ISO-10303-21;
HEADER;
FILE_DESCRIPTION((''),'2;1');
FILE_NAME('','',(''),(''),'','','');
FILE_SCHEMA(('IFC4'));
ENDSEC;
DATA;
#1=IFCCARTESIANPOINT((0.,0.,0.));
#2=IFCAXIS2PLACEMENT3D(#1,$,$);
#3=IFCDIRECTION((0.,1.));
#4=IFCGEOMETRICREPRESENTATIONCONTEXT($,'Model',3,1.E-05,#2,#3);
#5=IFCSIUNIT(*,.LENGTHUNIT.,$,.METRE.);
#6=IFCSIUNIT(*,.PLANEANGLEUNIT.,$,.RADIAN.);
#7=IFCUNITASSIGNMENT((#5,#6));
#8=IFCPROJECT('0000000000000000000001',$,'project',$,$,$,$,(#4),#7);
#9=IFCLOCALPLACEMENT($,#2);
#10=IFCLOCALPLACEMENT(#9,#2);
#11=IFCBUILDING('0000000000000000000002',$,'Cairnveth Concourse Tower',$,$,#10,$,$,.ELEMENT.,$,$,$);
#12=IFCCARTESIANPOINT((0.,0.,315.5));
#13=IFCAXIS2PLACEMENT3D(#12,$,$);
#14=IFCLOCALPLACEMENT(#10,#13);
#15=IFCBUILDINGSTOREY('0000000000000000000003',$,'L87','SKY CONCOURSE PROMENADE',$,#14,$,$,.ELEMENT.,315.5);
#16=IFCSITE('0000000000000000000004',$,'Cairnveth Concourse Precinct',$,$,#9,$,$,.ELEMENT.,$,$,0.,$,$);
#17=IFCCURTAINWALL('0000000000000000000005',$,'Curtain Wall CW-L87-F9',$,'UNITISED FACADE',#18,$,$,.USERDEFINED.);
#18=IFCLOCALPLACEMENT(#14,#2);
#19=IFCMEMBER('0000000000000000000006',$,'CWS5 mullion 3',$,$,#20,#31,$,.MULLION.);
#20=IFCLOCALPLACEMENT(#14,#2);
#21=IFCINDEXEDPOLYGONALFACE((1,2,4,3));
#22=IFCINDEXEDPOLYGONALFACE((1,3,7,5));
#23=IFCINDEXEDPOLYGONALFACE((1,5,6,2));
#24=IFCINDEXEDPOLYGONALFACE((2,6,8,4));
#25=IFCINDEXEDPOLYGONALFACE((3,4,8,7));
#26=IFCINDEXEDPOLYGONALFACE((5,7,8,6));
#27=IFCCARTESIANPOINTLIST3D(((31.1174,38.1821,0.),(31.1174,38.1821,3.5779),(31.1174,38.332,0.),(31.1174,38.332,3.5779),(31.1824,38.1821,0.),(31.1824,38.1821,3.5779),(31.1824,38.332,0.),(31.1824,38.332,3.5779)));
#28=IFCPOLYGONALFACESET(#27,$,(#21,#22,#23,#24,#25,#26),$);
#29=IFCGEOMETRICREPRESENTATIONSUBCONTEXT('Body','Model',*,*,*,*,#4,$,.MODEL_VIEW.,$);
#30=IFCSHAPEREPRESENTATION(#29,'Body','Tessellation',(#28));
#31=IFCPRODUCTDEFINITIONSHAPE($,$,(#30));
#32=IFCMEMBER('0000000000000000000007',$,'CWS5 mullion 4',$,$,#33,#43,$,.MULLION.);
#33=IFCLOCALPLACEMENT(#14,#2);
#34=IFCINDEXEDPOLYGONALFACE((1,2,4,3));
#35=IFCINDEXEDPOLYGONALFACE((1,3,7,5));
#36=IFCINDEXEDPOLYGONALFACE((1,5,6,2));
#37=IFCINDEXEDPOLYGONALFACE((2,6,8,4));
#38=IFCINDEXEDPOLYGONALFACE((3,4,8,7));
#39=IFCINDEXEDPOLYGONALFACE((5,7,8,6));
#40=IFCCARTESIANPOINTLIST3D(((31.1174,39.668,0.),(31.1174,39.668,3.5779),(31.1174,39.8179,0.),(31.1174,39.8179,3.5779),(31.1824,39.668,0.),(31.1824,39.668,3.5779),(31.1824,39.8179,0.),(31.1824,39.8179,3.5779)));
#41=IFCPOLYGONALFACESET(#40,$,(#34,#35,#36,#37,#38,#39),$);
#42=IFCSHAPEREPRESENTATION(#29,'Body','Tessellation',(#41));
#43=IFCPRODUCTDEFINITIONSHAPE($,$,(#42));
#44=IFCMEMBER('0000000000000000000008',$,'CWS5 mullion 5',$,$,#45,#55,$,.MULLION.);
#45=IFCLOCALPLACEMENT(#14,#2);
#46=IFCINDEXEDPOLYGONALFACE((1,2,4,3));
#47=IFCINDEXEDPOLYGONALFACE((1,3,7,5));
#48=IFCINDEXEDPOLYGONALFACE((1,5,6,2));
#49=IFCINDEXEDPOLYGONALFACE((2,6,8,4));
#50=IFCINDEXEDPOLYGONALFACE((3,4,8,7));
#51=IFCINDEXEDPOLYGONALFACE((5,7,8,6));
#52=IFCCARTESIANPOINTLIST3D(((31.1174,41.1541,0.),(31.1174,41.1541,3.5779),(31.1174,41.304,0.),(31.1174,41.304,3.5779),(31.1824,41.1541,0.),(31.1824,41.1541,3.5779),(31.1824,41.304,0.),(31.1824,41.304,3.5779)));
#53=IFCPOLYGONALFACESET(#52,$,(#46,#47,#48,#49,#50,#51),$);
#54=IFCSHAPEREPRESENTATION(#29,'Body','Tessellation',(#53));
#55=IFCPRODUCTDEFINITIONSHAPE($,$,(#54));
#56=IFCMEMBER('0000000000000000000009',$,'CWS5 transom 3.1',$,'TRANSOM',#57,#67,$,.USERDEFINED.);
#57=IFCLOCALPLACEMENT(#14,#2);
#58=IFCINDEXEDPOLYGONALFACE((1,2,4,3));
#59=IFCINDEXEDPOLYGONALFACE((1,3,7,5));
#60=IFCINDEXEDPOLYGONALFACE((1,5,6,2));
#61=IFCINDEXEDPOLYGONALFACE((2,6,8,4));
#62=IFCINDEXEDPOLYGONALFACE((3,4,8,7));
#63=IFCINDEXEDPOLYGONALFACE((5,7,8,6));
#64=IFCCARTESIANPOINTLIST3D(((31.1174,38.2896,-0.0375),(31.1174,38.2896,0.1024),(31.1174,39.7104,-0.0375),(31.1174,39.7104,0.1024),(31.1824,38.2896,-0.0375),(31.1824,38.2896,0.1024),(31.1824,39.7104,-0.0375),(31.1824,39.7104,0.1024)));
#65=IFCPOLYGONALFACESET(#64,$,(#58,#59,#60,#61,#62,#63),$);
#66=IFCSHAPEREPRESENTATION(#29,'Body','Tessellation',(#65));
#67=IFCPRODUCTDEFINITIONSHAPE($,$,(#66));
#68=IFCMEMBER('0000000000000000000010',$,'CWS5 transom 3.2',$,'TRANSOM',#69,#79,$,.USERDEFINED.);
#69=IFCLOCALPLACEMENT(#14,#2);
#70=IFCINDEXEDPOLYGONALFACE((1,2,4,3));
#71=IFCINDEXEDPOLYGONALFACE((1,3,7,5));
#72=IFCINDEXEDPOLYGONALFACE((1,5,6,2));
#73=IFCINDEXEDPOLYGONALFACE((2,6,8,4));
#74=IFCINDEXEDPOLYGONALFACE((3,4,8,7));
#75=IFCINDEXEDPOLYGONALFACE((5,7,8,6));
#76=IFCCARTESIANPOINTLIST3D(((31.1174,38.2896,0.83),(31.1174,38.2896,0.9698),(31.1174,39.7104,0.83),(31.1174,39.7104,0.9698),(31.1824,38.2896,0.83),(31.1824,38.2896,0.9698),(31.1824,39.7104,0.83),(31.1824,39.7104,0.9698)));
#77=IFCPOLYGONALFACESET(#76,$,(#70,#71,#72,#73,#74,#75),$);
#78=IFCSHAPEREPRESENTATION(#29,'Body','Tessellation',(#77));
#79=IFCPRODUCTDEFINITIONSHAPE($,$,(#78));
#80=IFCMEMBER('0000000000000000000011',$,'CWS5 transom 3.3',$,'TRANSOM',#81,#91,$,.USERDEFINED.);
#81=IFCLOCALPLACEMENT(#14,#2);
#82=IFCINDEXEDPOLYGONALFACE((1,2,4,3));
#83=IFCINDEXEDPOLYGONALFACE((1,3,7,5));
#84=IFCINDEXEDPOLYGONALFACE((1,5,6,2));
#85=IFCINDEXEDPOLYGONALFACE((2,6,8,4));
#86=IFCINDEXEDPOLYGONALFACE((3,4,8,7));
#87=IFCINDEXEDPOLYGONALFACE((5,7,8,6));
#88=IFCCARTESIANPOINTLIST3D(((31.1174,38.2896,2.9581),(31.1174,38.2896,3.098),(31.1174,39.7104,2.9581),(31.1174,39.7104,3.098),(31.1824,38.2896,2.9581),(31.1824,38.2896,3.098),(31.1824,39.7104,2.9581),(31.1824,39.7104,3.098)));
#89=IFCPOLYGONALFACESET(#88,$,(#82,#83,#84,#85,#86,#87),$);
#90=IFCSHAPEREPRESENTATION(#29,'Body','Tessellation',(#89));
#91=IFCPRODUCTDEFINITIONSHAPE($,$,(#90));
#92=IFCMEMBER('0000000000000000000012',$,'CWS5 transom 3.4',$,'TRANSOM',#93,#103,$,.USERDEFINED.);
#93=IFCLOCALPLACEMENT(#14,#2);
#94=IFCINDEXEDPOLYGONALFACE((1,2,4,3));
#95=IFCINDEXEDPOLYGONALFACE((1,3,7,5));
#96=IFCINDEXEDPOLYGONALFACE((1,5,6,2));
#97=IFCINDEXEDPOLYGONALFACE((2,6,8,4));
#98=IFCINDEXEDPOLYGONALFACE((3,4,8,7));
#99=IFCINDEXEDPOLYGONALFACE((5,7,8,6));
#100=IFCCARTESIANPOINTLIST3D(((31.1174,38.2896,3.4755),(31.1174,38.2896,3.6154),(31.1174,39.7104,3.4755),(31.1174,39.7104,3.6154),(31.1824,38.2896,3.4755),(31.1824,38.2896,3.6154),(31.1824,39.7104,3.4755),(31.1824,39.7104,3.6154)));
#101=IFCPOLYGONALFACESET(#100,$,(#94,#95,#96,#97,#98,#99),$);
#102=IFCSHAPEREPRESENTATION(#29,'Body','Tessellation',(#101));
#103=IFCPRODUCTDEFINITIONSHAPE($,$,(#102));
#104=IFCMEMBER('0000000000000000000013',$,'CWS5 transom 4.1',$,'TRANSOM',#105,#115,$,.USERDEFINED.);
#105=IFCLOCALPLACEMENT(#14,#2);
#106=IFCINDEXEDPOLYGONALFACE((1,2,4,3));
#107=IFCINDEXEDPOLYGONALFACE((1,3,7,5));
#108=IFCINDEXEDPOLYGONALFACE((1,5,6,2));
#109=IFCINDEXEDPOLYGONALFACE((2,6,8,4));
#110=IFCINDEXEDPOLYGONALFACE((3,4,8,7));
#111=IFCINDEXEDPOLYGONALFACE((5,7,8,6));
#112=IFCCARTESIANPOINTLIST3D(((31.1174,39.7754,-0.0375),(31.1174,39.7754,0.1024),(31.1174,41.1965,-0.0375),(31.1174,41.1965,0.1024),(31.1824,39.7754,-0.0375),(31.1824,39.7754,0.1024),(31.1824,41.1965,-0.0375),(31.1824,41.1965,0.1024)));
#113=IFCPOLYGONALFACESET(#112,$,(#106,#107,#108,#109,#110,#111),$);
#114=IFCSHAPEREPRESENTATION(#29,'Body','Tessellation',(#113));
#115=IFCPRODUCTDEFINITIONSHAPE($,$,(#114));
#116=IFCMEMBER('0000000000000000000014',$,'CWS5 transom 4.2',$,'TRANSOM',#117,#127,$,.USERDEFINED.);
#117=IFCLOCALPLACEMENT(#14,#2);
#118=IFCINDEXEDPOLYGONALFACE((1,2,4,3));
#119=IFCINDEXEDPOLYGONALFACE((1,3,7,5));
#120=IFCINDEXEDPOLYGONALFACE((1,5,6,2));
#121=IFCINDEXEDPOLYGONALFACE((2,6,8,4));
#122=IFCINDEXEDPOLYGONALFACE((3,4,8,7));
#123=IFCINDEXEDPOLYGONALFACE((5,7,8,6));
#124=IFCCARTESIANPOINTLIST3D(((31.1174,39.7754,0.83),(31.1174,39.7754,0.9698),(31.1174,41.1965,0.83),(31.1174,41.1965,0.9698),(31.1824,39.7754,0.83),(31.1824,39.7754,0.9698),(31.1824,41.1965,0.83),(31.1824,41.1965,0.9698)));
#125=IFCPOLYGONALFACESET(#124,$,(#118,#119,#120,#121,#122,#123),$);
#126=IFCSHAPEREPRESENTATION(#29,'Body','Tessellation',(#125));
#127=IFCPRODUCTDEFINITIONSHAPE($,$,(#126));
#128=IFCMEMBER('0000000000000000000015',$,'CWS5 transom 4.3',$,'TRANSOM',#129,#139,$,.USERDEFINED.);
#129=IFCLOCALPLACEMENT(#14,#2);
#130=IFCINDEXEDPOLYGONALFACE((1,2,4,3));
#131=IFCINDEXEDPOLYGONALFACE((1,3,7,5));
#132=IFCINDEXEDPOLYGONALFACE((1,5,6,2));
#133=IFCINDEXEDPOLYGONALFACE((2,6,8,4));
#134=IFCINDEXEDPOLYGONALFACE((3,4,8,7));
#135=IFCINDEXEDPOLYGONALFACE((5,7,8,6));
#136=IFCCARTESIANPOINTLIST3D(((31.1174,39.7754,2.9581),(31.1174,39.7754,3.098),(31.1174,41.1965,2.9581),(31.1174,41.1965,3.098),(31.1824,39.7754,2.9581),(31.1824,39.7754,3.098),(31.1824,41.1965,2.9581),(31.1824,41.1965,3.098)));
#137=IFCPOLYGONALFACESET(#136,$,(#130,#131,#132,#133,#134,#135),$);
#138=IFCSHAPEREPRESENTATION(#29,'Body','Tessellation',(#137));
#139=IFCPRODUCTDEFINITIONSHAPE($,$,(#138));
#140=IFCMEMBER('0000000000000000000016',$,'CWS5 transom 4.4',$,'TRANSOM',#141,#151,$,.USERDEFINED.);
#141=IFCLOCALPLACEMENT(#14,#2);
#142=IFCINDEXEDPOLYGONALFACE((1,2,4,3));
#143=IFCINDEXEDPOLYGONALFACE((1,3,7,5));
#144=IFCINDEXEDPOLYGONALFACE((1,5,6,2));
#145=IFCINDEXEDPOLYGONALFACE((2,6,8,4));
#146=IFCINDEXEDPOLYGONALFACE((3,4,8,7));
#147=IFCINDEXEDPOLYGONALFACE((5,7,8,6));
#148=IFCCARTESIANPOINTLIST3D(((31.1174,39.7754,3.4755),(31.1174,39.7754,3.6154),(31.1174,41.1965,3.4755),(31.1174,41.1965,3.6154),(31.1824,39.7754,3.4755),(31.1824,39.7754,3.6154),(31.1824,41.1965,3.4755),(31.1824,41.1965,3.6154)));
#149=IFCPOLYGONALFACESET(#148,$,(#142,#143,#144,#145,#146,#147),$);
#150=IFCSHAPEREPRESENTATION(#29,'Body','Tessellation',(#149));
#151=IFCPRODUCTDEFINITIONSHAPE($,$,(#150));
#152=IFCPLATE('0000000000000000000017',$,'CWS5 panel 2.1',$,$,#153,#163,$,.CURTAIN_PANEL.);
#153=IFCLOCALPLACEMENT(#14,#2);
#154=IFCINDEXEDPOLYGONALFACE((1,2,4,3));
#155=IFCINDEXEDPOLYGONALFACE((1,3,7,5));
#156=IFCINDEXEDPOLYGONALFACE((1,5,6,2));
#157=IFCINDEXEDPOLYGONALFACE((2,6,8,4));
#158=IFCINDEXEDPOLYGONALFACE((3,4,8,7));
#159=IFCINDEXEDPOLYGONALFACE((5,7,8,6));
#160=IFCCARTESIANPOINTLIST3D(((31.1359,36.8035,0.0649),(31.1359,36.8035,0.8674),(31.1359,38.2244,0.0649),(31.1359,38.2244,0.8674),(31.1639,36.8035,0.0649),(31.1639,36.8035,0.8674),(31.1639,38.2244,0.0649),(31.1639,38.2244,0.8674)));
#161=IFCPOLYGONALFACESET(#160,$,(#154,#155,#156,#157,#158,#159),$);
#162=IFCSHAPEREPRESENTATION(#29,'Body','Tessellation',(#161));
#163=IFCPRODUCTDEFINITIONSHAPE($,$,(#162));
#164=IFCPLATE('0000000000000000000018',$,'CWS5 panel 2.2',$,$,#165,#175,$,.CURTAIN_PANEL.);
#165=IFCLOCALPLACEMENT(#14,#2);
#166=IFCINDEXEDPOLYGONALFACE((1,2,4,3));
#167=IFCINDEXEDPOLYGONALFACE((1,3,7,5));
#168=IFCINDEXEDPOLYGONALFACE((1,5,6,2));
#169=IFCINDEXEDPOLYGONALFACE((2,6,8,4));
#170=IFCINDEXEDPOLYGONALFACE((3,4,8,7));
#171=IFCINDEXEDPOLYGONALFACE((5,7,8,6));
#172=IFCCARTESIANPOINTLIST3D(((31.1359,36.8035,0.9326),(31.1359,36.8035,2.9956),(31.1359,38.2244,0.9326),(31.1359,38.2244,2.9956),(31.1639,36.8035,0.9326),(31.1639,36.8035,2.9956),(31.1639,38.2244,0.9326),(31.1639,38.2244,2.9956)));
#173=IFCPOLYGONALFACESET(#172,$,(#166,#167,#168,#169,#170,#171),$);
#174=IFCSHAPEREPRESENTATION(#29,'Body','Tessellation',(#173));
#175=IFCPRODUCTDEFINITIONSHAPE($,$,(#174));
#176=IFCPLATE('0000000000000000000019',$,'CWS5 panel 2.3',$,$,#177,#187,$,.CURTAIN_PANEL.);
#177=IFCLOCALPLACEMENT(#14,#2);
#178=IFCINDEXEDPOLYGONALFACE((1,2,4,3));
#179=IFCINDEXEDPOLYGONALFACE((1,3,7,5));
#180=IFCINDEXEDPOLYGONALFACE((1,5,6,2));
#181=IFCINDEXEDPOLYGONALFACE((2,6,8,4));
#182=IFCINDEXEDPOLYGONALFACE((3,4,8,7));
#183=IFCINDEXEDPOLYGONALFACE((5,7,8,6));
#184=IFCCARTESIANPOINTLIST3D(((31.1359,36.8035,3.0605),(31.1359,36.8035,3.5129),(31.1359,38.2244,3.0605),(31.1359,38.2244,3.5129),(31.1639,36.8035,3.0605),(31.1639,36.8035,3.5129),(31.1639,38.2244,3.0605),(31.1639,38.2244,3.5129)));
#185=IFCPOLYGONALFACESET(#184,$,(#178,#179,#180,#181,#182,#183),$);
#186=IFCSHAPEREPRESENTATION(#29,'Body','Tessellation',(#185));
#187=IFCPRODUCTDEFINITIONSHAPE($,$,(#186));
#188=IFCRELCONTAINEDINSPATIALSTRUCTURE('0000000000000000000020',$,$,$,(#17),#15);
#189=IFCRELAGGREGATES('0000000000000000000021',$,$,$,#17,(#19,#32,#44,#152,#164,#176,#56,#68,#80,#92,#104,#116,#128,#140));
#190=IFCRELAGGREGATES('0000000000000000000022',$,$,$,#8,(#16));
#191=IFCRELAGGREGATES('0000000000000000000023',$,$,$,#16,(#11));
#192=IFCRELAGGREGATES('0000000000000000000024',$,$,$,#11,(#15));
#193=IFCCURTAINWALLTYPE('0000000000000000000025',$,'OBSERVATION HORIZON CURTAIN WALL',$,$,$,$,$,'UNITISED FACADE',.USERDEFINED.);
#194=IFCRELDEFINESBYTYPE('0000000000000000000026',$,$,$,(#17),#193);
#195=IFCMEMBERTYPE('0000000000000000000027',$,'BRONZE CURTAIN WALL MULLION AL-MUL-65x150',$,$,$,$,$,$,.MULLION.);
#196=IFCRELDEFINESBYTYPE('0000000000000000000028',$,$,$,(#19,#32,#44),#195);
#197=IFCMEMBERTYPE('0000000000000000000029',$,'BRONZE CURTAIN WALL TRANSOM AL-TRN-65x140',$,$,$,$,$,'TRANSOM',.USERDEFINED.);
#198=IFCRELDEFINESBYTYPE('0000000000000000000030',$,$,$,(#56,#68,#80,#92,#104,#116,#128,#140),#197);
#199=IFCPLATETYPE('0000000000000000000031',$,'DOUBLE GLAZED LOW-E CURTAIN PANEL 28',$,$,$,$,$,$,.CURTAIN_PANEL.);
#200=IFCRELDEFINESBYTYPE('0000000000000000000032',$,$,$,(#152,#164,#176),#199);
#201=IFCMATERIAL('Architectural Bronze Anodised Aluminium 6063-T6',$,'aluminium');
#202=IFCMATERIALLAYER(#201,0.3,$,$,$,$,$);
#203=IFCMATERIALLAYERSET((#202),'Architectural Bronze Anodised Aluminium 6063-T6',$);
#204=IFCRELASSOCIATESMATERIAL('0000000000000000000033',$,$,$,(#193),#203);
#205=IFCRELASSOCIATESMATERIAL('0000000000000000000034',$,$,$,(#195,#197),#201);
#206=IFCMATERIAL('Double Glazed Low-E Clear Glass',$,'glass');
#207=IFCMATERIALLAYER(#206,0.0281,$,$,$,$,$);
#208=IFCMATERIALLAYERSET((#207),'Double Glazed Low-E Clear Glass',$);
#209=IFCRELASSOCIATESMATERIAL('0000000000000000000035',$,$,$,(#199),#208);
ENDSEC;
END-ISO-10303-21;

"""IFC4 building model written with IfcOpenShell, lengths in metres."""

from ifc_helpers import new_model, si_unit, direction, frame, origin, origin_2d, place, context, subcontext, project, spatial, rectangle, extrude, material, layer, layer_set, material_profile, profile_set, type_object, element, aggregate, save


model = new_model("IFC4")

# Units and contexts
model_context = context("Model", 3, precision=1e-05, world=origin(), true_north=direction((0.0, 1.0)))
body_context = subcontext(model_context, "Body", "Model", "MODEL_VIEW")
ifc_project = project(units=[si_unit("LENGTHUNIT", "METRE"), si_unit("PLANEANGLEUNIT", "RADIAN")], contexts=[model_context])

# Site, building, storey
site_placement = place(None, origin())
site = spatial("IfcSite", under=ifc_project, at=site_placement, Name="Cairnveth Concourse Precinct", CompositionType="ELEMENT", RefElevation=0.0)
building_placement = place(site_placement, origin())
building = spatial("IfcBuilding", under=site, at=building_placement, Name="Cairnveth Concourse Tower", CompositionType="ELEMENT")
storey_placement = place(building_placement, frame((0.0, 0.0, 315.5)))
storey = spatial("IfcBuildingStorey", under=building, at=storey_placement, Name="L87", Description="SKY CONCOURSE PROMENADE", CompositionType="ELEMENT", Elevation=315.5)

# Curtain wall, members, plates
ifc_material_1 = material(Name="Architectural Bronze Anodised Aluminium 6063-T6", Category="aluminium")
ifc_layer_1 = layer(ifc_material_1, 0.3)
ifc_layer_set_1 = layer_set([ifc_layer_1], Name="Architectural Bronze Anodised Aluminium 6063-T6")
curtain_wall_type = type_object("IfcCurtainWallType", Name="OBSERVATION HORIZON CURTAIN WALL", ElementType="UNITISED FACADE", PredefinedType="USERDEFINED", material=ifc_layer_set_1)
curtain_wall_placement = place(storey_placement, origin())
curtain_wall = element("IfcCurtainWall", 1, at=curtain_wall_placement, inside=storey, type_object=curtain_wall_type, Name="Curtain Wall CW-L87-F9", ObjectType="UNITISED FACADE", PredefinedType="USERDEFINED")
ifc_material_profile_1 = material_profile(ifc_material_1, rectangle(XDim=0.0649, YDim=0.1499, at=origin_2d()), Name="AL-MUL-65x150")
ifc_profile_set_1 = profile_set([ifc_material_profile_1], Name="Architectural Bronze Anodised Aluminium 6063-T6")
member_type_1 = type_object("IfcMemberType", Name="BRONZE CURTAIN WALL MULLION AL-MUL-65x150", PredefinedType="MULLION", material=ifc_profile_set_1)
member_1_placement = place(storey_placement, frame((31.1499, 38.2571, 0.0), z_axis=(0.0, 0.0, 1.0), x_axis=(-1.0, 0.0, 0.0)))
member_1 = element("IfcMember", 2, at=member_1_placement, type_object=member_type_1, Name="CWS5 mullion 3", PredefinedType="MULLION", context=body_context, shape_type="SweptSolid", body=[
    extrude(rectangle(XDim=0.0649, YDim=0.1499, at=origin_2d()), origin(), (0.0, 0.0, 1.0), 3.5779),
])
member_2_placement = place(storey_placement, frame((31.1499, 39.7429, 0.0), z_axis=(0.0, 0.0, 1.0), x_axis=(-1.0, 0.0, 0.0)))
member_2 = element("IfcMember", 3, at=member_2_placement, type_object=member_type_1, Name="CWS5 mullion 4", PredefinedType="MULLION", context=body_context, shape_type="SweptSolid", body=[
    extrude(rectangle(XDim=0.0649, YDim=0.1499, at=origin_2d()), origin(), (0.0, 0.0, 1.0), 3.5779),
])
member_3_placement = place(storey_placement, frame((31.1499, 41.229, 0.0), z_axis=(0.0, 0.0, 1.0), x_axis=(-1.0, 0.0, 0.0)))
member_3 = element("IfcMember", 4, at=member_3_placement, type_object=member_type_1, Name="CWS5 mullion 5", PredefinedType="MULLION", context=body_context, shape_type="SweptSolid", body=[
    extrude(rectangle(XDim=0.0649, YDim=0.1499, at=origin_2d()), origin(), (0.0, 0.0, 1.0), 3.5779),
])
ifc_material_profile_2 = material_profile(ifc_material_1, rectangle(XDim=0.0649, YDim=0.1399, at=origin_2d()), Name="AL-TRN-65x140")
ifc_profile_set_2 = profile_set([ifc_material_profile_2], Name="Architectural Bronze Anodised Aluminium 6063-T6")
member_type_2 = type_object("IfcMemberType", Name="BRONZE CURTAIN WALL TRANSOM AL-TRN-65x140", ElementType="TRANSOM", PredefinedType="USERDEFINED", material=ifc_profile_set_2)
member_4_placement = place(storey_placement, frame((31.1499, 38.2896, 0.0325), z_axis=(0.0, 1.0, 0.0), x_axis=(-1.0, 0.0, 0.0)))
member_4 = element("IfcMember", 5, at=member_4_placement, type_object=member_type_2, Name="CWS5 transom 3.1", ObjectType="TRANSOM", PredefinedType="USERDEFINED", context=body_context, shape_type="SweptSolid", body=[
    extrude(rectangle(XDim=0.0649, YDim=0.1399, at=origin_2d()), origin(), (0.0, 0.0, 1.0), 1.4209),
])
member_5_placement = place(storey_placement, frame((31.1499, 38.2896, 0.8999), z_axis=(0.0, 1.0, 0.0), x_axis=(-1.0, 0.0, 0.0)))
member_5 = element("IfcMember", 6, at=member_5_placement, type_object=member_type_2, Name="CWS5 transom 3.2", ObjectType="TRANSOM", PredefinedType="USERDEFINED", context=body_context, shape_type="SweptSolid", body=[
    extrude(rectangle(XDim=0.0649, YDim=0.1399, at=origin_2d()), origin(), (0.0, 0.0, 1.0), 1.4209),
])
member_6_placement = place(storey_placement, frame((31.1499, 38.2896, 3.0281), z_axis=(0.0, 1.0, 0.0), x_axis=(-1.0, 0.0, 0.0)))
member_6 = element("IfcMember", 7, at=member_6_placement, type_object=member_type_2, Name="CWS5 transom 3.3", ObjectType="TRANSOM", PredefinedType="USERDEFINED", context=body_context, shape_type="SweptSolid", body=[
    extrude(rectangle(XDim=0.0649, YDim=0.1399, at=origin_2d()), origin(), (0.0, 0.0, 1.0), 1.4209),
])
member_7_placement = place(storey_placement, frame((31.1499, 38.2896, 3.5454), z_axis=(0.0, 1.0, 0.0), x_axis=(-1.0, 0.0, 0.0)))
member_7 = element("IfcMember", 8, at=member_7_placement, type_object=member_type_2, Name="CWS5 transom 3.4", ObjectType="TRANSOM", PredefinedType="USERDEFINED", context=body_context, shape_type="SweptSolid", body=[
    extrude(rectangle(XDim=0.0649, YDim=0.1399, at=origin_2d()), origin(), (0.0, 0.0, 1.0), 1.4209),
])
member_8_placement = place(storey_placement, frame((31.1499, 39.7754, 0.0325), z_axis=(0.0, 1.0, 0.0), x_axis=(-1.0, 0.0, 0.0)))
member_8 = element("IfcMember", 9, at=member_8_placement, type_object=member_type_2, Name="CWS5 transom 4.1", ObjectType="TRANSOM", PredefinedType="USERDEFINED", context=body_context, shape_type="SweptSolid", body=[
    extrude(rectangle(XDim=0.0649, YDim=0.1399, at=origin_2d()), origin(), (0.0, 0.0, 1.0), 1.4211),
])
member_9_placement = place(storey_placement, frame((31.1499, 39.7754, 0.8999), z_axis=(0.0, 1.0, 0.0), x_axis=(-1.0, 0.0, 0.0)))
member_9 = element("IfcMember", 10, at=member_9_placement, type_object=member_type_2, Name="CWS5 transom 4.2", ObjectType="TRANSOM", PredefinedType="USERDEFINED", context=body_context, shape_type="SweptSolid", body=[
    extrude(rectangle(XDim=0.0649, YDim=0.1399, at=origin_2d()), origin(), (0.0, 0.0, 1.0), 1.4211),
])
member_10_placement = place(storey_placement, frame((31.1499, 39.7754, 3.0281), z_axis=(0.0, 1.0, 0.0), x_axis=(-1.0, 0.0, 0.0)))
member_10 = element("IfcMember", 11, at=member_10_placement, type_object=member_type_2, Name="CWS5 transom 4.3", ObjectType="TRANSOM", PredefinedType="USERDEFINED", context=body_context, shape_type="SweptSolid", body=[
    extrude(rectangle(XDim=0.0649, YDim=0.1399, at=origin_2d()), origin(), (0.0, 0.0, 1.0), 1.4211),
])
member_11_placement = place(storey_placement, frame((31.1499, 39.7754, 3.5454), z_axis=(0.0, 1.0, 0.0), x_axis=(-1.0, 0.0, 0.0)))
member_11 = element("IfcMember", 12, at=member_11_placement, type_object=member_type_2, Name="CWS5 transom 4.4", ObjectType="TRANSOM", PredefinedType="USERDEFINED", context=body_context, shape_type="SweptSolid", body=[
    extrude(rectangle(XDim=0.0649, YDim=0.1399, at=origin_2d()), origin(), (0.0, 0.0, 1.0), 1.4211),
])
ifc_material_2 = material(Name="Double Glazed Low-E Clear Glass", Category="glass")
ifc_layer_2 = layer(ifc_material_2, 0.0281)
ifc_layer_set_2 = layer_set([ifc_layer_2], Name="Double Glazed Low-E Clear Glass")
plate_type = type_object("IfcPlateType", Name="DOUBLE GLAZED LOW-E CURTAIN PANEL 28", PredefinedType="CURTAIN_PANEL", material=ifc_layer_set_2)
plate_1_placement = place(storey_placement, frame((31.1499, 37.5139, 0.0649), z_axis=(0.0, 0.0, 1.0), x_axis=(0.0, 1.0, 0.0)))
plate_1 = element("IfcPlate", 13, at=plate_1_placement, type_object=plate_type, Name="CWS5 panel 2.1", PredefinedType="CURTAIN_PANEL", context=body_context, shape_type="SweptSolid", body=[
    extrude(rectangle(XDim=1.4209, YDim=0.0281, at=origin_2d()), origin(), (0.0, 0.0, 1.0), 0.8025),
])
plate_2_placement = place(storey_placement, frame((31.1499, 37.5139, 0.9326), z_axis=(0.0, 0.0, 1.0), x_axis=(0.0, 1.0, 0.0)))
plate_2 = element("IfcPlate", 14, at=plate_2_placement, type_object=plate_type, Name="CWS5 panel 2.2", PredefinedType="CURTAIN_PANEL", context=body_context, shape_type="SweptSolid", body=[
    extrude(rectangle(XDim=1.4209, YDim=0.0281, at=origin_2d()), origin(), (0.0, 0.0, 1.0), 2.063),
])
plate_3_placement = place(storey_placement, frame((31.1499, 37.5139, 3.0605), z_axis=(0.0, 0.0, 1.0), x_axis=(0.0, 1.0, 0.0)))
plate_3 = element("IfcPlate", 15, at=plate_3_placement, type_object=plate_type, Name="CWS5 panel 2.3", PredefinedType="CURTAIN_PANEL", context=body_context, shape_type="SweptSolid", body=[
    extrude(rectangle(XDim=1.4209, YDim=0.0281, at=origin_2d()), origin(), (0.0, 0.0, 1.0), 0.4524),
])
aggregate(curtain_wall, [member_1, member_2, member_3, plate_1, plate_2, plate_3, member_4, member_5, member_6, member_7, member_8, member_9, member_10, member_11])

save(model, "model.ifc")
